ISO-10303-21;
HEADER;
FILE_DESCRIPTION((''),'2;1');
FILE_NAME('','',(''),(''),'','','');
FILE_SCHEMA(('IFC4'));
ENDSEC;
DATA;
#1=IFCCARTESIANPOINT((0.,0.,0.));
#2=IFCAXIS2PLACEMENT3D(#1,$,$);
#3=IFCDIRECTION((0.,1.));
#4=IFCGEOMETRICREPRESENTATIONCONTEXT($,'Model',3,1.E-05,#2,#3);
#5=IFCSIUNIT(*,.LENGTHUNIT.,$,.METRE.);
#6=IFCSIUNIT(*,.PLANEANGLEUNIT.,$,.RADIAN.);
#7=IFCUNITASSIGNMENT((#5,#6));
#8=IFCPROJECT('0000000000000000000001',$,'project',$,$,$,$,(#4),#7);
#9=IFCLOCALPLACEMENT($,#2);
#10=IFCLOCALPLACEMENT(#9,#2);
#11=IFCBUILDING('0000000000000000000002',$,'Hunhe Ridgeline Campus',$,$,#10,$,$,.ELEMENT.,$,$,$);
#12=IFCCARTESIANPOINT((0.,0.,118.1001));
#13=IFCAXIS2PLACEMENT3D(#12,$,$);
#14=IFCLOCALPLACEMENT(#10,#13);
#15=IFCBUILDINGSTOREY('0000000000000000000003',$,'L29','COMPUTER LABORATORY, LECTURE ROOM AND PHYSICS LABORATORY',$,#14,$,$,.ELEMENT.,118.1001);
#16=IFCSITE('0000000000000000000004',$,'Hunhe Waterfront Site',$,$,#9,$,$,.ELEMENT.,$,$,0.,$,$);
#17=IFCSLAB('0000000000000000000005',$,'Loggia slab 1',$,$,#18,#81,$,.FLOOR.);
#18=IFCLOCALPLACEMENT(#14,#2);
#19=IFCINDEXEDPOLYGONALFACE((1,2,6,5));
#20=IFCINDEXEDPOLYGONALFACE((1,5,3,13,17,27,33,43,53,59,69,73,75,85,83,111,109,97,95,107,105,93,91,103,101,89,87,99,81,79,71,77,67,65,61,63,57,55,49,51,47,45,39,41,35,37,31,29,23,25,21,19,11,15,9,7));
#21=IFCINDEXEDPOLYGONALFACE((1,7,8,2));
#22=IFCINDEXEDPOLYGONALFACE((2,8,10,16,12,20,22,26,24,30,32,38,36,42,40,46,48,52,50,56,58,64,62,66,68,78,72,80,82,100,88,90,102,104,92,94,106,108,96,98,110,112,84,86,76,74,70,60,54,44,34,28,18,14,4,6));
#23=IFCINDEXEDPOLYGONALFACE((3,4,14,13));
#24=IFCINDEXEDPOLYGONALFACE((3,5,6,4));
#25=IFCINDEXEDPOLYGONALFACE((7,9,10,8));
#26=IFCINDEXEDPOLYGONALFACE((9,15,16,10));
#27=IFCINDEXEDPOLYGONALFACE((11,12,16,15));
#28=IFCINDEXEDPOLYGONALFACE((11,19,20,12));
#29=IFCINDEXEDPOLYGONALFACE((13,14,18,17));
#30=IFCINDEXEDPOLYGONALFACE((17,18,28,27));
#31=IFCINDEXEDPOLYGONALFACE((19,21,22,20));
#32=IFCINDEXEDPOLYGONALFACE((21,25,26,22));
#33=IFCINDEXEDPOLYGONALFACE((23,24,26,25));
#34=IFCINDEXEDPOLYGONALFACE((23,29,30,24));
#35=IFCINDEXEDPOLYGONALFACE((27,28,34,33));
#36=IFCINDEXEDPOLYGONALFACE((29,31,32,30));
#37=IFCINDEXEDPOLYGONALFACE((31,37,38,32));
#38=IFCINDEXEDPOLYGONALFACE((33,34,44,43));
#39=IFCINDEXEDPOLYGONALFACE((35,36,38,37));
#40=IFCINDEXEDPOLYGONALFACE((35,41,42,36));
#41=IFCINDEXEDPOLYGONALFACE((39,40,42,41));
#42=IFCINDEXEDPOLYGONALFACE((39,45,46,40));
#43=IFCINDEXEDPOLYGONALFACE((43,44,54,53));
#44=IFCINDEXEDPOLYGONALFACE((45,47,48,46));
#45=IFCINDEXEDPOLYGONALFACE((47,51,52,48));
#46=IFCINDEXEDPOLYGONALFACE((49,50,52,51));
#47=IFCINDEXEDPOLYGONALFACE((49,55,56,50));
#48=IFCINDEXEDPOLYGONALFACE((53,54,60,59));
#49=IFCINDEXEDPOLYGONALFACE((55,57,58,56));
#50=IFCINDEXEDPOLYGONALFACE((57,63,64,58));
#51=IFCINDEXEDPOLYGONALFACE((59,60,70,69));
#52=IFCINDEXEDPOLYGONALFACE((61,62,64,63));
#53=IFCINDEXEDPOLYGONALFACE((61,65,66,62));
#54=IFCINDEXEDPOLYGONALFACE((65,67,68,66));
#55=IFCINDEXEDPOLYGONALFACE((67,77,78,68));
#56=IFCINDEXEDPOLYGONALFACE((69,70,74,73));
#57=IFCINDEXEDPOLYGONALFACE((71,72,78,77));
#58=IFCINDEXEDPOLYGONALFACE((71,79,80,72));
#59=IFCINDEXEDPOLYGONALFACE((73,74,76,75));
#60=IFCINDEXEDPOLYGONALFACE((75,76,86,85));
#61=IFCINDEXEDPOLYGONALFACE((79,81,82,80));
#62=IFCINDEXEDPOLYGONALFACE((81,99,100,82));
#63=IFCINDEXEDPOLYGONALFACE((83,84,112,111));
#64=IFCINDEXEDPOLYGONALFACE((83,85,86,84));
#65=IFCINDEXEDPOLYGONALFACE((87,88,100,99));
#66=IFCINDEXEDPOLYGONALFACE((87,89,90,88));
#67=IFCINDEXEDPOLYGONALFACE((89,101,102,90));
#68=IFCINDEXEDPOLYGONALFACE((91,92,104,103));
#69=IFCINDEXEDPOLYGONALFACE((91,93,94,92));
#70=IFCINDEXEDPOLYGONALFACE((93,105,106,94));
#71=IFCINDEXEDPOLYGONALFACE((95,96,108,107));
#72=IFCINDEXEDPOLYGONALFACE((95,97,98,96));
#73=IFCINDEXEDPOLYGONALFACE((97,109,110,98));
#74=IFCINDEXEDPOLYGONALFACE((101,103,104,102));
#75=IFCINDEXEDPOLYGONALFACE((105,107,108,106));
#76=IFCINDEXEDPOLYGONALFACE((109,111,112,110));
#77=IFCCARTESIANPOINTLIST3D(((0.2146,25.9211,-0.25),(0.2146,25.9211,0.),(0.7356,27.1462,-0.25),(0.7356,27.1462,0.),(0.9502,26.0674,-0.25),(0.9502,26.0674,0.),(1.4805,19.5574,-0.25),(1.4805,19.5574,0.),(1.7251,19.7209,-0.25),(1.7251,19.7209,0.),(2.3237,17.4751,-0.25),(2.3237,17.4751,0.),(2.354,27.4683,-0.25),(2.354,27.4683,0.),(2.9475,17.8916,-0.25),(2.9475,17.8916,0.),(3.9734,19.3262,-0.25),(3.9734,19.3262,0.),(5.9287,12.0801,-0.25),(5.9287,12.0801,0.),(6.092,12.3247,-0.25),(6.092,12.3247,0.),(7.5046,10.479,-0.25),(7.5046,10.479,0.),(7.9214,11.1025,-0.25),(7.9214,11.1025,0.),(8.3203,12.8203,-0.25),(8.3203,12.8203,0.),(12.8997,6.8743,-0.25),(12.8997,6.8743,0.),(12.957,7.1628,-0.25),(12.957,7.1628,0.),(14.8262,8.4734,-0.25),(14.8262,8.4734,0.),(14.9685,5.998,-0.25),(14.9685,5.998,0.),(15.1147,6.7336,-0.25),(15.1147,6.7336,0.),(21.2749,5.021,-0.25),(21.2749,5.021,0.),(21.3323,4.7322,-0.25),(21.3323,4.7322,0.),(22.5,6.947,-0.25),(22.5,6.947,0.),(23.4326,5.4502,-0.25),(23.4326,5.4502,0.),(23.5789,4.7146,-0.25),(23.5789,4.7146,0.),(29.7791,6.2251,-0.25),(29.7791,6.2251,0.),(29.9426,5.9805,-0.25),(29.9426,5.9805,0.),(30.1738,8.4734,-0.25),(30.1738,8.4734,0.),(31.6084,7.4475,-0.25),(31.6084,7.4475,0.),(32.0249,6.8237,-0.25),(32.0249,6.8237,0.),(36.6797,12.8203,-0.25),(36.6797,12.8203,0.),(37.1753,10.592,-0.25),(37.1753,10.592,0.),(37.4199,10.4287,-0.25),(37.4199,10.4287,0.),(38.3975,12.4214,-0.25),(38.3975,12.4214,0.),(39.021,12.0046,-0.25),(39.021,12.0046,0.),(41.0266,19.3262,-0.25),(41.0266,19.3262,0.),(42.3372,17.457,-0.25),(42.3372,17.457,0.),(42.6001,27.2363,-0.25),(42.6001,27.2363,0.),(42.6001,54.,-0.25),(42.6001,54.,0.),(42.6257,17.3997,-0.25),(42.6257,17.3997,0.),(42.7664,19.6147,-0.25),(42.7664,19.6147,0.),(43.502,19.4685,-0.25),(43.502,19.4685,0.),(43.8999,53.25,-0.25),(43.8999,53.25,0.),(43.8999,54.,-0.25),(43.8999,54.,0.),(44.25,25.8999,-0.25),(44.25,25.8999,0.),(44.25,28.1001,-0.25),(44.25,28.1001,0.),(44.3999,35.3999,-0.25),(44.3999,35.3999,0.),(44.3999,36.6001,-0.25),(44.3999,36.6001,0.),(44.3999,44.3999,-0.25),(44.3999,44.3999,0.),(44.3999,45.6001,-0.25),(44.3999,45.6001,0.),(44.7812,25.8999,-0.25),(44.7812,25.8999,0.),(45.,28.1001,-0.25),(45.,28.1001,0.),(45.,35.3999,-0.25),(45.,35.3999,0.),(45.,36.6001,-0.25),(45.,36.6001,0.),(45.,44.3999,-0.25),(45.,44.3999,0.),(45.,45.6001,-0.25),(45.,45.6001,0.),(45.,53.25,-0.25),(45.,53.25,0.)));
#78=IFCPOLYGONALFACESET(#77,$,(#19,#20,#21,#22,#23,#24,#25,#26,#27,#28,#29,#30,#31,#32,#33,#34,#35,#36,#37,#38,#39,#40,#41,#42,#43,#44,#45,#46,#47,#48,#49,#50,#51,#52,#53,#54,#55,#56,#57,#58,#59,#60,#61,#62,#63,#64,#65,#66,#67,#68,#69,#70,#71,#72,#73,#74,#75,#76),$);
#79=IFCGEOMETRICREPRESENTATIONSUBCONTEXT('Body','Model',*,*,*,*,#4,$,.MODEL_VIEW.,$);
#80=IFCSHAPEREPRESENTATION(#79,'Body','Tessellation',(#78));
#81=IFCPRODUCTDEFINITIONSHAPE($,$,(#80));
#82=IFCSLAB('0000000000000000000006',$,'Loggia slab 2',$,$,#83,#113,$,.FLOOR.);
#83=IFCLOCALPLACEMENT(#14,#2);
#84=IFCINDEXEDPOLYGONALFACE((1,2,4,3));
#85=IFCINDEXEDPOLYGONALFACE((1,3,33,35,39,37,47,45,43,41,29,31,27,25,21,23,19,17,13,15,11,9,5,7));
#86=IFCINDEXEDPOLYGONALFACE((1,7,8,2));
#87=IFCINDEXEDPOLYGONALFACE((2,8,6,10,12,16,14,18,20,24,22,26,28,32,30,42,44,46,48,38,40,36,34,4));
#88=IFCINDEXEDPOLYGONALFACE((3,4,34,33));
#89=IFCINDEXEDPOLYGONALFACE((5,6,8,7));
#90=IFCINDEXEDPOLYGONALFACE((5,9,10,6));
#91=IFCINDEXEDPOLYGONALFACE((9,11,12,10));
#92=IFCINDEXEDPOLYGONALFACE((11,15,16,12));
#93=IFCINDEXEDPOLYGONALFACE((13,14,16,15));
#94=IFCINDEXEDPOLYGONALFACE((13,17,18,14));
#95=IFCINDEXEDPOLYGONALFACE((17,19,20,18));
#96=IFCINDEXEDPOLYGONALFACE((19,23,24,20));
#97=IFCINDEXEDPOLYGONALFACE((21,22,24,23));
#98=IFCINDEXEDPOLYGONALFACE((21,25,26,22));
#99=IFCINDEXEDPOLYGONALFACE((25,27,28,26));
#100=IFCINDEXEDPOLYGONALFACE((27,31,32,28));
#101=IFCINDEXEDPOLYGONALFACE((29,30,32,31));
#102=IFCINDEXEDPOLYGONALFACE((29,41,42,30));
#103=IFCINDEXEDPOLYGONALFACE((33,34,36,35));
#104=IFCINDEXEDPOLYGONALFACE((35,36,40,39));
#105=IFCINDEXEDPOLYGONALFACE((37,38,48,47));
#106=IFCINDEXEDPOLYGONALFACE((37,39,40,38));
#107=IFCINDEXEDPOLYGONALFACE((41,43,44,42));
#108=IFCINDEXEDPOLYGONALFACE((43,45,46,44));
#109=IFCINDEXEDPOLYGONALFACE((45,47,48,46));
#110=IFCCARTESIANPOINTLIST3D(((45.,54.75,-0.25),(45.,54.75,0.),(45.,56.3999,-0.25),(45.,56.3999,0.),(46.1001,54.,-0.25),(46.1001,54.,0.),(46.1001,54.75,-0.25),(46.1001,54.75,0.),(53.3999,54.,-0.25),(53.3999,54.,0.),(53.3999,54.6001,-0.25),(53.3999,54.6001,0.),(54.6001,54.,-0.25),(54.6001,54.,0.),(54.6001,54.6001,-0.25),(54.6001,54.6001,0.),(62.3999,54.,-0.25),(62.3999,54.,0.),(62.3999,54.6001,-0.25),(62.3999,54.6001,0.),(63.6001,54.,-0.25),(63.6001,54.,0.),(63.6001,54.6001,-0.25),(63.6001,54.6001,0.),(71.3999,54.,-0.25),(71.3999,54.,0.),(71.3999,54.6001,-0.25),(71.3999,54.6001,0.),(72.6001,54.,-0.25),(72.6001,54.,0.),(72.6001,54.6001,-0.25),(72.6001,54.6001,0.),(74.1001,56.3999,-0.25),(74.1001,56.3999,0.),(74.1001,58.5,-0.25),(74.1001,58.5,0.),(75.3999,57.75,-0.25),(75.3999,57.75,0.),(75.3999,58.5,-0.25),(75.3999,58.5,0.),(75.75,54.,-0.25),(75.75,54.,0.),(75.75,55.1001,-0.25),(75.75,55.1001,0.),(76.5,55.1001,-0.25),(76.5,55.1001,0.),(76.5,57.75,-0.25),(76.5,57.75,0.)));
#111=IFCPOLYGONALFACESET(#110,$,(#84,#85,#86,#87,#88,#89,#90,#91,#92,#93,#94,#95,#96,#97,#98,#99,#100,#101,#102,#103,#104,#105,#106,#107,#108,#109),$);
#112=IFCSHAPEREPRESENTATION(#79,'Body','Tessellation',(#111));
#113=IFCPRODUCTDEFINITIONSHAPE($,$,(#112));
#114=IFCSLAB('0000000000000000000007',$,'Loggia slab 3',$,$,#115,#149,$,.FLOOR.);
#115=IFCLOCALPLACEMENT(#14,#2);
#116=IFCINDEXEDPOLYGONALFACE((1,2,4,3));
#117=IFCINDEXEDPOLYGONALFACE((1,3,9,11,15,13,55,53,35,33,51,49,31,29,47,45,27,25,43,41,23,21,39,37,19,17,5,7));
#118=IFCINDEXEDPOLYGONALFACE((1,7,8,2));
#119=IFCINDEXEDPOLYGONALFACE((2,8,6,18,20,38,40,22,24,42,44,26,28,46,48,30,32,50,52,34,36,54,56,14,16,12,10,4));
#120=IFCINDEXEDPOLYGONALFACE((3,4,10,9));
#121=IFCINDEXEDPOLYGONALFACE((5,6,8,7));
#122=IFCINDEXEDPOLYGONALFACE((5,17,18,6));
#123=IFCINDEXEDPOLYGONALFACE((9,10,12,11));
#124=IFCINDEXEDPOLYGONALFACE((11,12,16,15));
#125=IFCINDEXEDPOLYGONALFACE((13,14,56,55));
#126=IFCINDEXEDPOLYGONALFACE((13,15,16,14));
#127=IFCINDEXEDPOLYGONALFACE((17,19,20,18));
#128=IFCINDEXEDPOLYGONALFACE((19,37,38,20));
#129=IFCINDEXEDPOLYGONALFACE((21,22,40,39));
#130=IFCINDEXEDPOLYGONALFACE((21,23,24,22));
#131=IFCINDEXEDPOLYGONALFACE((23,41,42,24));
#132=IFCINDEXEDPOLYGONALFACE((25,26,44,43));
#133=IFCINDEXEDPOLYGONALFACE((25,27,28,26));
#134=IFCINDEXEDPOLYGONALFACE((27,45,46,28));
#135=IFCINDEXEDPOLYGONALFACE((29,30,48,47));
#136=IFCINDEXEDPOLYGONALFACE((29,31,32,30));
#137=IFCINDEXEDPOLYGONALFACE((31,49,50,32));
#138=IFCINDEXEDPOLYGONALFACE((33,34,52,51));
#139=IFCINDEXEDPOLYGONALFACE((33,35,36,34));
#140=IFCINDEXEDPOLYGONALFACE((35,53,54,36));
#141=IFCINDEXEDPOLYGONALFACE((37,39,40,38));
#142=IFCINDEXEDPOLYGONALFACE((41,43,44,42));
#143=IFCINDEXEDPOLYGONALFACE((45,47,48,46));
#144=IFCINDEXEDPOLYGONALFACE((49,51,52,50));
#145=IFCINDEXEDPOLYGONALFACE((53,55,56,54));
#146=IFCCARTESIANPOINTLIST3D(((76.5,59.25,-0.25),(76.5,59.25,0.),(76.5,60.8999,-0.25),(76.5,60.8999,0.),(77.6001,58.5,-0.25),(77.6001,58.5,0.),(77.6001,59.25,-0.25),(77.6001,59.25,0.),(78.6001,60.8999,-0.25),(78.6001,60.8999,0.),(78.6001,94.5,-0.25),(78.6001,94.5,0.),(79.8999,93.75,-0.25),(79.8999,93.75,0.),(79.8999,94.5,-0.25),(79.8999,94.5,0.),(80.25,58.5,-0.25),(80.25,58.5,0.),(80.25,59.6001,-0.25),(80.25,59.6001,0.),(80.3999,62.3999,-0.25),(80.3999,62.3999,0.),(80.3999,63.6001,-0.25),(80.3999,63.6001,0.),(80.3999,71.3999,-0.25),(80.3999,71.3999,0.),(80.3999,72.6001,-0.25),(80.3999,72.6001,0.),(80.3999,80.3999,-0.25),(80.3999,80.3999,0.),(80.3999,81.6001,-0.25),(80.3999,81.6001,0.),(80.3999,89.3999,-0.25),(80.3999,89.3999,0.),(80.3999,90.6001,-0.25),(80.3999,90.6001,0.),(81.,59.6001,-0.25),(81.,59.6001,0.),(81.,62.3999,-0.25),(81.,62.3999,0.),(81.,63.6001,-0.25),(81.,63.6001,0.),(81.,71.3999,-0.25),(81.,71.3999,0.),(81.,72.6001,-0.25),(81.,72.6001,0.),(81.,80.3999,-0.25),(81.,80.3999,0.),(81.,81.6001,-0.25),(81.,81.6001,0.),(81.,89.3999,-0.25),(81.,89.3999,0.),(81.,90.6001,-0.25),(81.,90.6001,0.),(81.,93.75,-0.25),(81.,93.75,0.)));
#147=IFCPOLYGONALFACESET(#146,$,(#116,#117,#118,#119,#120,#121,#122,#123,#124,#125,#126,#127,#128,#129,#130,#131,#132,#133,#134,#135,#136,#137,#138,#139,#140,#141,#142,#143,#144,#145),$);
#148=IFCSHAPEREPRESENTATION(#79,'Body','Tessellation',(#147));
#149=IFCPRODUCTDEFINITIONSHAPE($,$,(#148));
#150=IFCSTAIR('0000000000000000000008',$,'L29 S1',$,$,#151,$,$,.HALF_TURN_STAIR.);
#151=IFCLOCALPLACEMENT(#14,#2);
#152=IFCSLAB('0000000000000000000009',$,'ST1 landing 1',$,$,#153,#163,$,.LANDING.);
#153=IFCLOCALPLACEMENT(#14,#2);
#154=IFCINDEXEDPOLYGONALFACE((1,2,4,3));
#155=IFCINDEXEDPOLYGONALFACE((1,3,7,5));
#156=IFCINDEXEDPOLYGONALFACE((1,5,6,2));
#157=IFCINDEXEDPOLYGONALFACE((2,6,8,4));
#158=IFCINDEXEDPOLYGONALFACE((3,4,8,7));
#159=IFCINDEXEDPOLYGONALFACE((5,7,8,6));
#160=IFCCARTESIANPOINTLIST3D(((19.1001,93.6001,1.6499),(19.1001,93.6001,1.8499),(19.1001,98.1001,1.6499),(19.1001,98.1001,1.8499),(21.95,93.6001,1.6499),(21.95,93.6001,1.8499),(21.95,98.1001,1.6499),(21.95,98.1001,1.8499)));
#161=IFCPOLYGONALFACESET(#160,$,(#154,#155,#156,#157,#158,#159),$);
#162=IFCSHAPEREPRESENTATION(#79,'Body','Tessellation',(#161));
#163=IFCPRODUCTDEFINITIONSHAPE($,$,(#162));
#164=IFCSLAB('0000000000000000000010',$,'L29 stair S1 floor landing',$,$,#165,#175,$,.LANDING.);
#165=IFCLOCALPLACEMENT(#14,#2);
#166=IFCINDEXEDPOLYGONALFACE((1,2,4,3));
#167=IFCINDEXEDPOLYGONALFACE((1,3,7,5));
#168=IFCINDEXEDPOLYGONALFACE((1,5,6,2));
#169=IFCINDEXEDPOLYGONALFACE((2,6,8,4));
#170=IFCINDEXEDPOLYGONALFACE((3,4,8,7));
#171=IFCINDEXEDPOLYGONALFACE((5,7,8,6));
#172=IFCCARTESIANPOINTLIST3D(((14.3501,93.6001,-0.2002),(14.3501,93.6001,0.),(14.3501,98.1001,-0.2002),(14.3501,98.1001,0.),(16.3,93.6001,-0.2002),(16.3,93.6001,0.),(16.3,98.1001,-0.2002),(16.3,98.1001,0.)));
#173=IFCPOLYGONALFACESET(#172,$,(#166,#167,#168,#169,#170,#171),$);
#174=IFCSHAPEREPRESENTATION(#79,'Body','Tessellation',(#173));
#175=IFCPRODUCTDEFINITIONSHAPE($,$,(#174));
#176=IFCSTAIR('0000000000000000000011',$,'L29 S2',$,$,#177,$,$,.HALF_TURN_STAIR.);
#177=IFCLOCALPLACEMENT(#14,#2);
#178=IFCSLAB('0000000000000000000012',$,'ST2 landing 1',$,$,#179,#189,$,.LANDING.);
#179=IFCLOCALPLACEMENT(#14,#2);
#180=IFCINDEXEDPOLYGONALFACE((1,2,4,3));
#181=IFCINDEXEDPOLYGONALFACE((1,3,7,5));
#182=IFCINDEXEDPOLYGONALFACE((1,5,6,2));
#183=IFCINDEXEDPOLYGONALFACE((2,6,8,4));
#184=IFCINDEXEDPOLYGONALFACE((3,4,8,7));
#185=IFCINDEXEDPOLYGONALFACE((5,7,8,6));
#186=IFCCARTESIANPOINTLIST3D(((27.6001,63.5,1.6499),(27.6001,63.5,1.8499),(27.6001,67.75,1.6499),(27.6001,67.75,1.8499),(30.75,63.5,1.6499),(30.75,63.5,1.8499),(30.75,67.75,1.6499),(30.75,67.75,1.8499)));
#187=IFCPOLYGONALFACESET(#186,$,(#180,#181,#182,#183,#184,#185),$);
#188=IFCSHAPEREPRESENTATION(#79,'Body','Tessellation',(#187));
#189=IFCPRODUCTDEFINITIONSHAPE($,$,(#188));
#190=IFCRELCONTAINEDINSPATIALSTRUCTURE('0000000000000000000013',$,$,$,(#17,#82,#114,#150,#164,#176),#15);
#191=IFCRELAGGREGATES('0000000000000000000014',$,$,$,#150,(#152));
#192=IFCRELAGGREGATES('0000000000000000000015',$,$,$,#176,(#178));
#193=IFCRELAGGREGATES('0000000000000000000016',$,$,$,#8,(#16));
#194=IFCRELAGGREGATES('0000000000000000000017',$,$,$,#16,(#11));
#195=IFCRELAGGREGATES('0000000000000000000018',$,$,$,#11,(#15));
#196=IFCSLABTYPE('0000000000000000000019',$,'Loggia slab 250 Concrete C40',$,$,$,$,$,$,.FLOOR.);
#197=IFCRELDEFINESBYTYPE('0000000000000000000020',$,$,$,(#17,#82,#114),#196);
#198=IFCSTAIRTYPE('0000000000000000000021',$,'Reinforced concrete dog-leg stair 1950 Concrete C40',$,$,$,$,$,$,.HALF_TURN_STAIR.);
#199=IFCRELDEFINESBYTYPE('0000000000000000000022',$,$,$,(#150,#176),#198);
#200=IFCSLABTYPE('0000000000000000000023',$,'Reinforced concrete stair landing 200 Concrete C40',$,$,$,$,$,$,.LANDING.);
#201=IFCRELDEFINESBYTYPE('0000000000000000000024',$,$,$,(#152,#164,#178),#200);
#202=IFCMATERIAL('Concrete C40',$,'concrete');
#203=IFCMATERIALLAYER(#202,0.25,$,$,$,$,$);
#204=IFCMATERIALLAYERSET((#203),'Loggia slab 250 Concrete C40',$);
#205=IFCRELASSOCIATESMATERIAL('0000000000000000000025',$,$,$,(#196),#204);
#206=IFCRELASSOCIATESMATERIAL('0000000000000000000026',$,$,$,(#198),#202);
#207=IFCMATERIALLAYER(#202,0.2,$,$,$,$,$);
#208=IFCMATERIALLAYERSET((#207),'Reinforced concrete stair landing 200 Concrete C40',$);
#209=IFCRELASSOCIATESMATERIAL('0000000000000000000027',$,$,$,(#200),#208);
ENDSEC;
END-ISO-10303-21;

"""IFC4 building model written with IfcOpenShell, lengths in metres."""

from ifc_helpers import new_model, si_unit, direction, frame, origin, place, context, subcontext, project, spatial, polyline, outline, extrude, material, layer, layer_set, type_object, element, aggregate, save


model = new_model("IFC4")

# Units and contexts
model_context = context("Model", 3, precision=1e-05, world=origin(), true_north=direction((0.0, 1.0)))
body_context = subcontext(model_context, "Body", "Model", "MODEL_VIEW")
ifc_project = project(units=[si_unit("LENGTHUNIT", "METRE"), si_unit("PLANEANGLEUNIT", "RADIAN")], contexts=[model_context])

# Site, building, storey
site_placement = place(None, origin())
site = spatial("IfcSite", under=ifc_project, at=site_placement, Name="Hunhe Waterfront Site", CompositionType="ELEMENT", RefElevation=0.0)
building_placement = place(site_placement, origin())
building = spatial("IfcBuilding", under=site, at=building_placement, Name="Hunhe Ridgeline Campus", CompositionType="ELEMENT")
storey_placement = place(building_placement, frame((0.0, 0.0, 118.1001)))
storey = spatial("IfcBuildingStorey", under=building, at=storey_placement, Name="L29", Description="COMPUTER LABORATORY, LECTURE ROOM AND PHYSICS LABORATORY", CompositionType="ELEMENT", Elevation=118.1001)

# Slabs
ifc_material_1 = material(Name="Concrete C40", Category="concrete")
ifc_layer_1 = layer(ifc_material_1, 0.25)
ifc_layer_set_1 = layer_set([ifc_layer_1], Name="Loggia slab 250 Concrete C40")
slab_type_1 = type_object("IfcSlabType", Name="Loggia slab 250 Concrete C40", PredefinedType="FLOOR", material=ifc_layer_set_1)
slab_1_placement = place(storey_placement, frame((0.0, 0.0, -0.25)))
element("IfcSlab", 1, at=slab_1_placement, inside=storey, type_object=slab_type_1, Name="Loggia slab 1", PredefinedType="FLOOR", context=body_context, shape_type="SweptSolid", body=[
    extrude(outline(polyline([(30.1738, 8.4734), (22.5, 6.947), (14.8262, 8.4734), (8.3203, 12.8203), (3.9734, 19.3262), (2.354, 27.4683), (0.7356, 27.1462), (0.9502, 26.0674), (0.2146, 25.9211), (1.4805, 19.5574), (1.7251, 19.7209), (2.9475, 17.8916), (2.3237, 17.4751), (5.9287, 12.0801), (6.092, 12.3247), (7.9214, 11.1025), (7.5046, 10.479), (12.8997, 6.8743), (12.957, 7.1628), (15.1147, 6.7336), (14.9685, 5.998), (21.3323, 4.7322), (21.2749, 5.021), (23.4326, 5.4502), (23.5789, 4.7146), (29.9426, 5.9805), (29.7791, 6.2251), (31.6084, 7.4475), (32.0249, 6.8237), (37.4199, 10.4287), (37.1753, 10.592), (38.3975, 12.4214), (39.021, 12.0046), (42.6257, 17.3997), (42.3372, 17.457), (42.7664, 19.6147), (43.502, 19.4685), (44.7812, 25.8999), (44.25, 25.8999), (44.25, 28.1001), (45.0, 28.1001), (45.0, 35.3999), (44.3999, 35.3999), (44.3999, 36.6001), (45.0, 36.6001), (45.0, 44.3999), (44.3999, 44.3999), (44.3999, 45.6001), (45.0, 45.6001), (45.0, 53.25), (43.8999, 53.25), (43.8999, 54.0), (42.6001, 54.0), (42.6001, 27.2363), (41.0266, 19.3262), (36.6797, 12.8203), (30.1738, 8.4734)])), origin(), (0.0, 0.0, 1.0), 0.25),
])
slab_2_placement = place(storey_placement, frame((0.0, 0.0, -0.25)))
element("IfcSlab", 2, at=slab_2_placement, inside=storey, type_object=slab_type_1, Name="Loggia slab 2", PredefinedType="FLOOR", context=body_context, shape_type="SweptSolid", body=[
    extrude(outline(polyline([(45.0, 54.75), (46.1001, 54.75), (46.1001, 54.0), (53.3999, 54.0), (53.3999, 54.6001), (54.6001, 54.6001), (54.6001, 54.0), (62.3999, 54.0), (62.3999, 54.6001), (63.6001, 54.6001), (63.6001, 54.0), (71.3999, 54.0), (71.3999, 54.6001), (72.6001, 54.6001), (72.6001, 54.0), (75.75, 54.0), (75.75, 55.1001), (76.5, 55.1001), (76.5, 57.75), (75.3999, 57.75), (75.3999, 58.5), (74.1001, 58.5), (74.1001, 56.3999), (45.0, 56.3999), (45.0, 54.75)])), origin(), (0.0, 0.0, 1.0), 0.25),
])
slab_3_placement = place(storey_placement, frame((0.0, 0.0, -0.25)))
element("IfcSlab", 3, at=slab_3_placement, inside=storey, type_object=slab_type_1, Name="Loggia slab 3", PredefinedType="FLOOR", context=body_context, shape_type="SweptSolid", body=[
    extrude(outline(polyline([(76.5, 59.25), (77.6001, 59.25), (77.6001, 58.5), (80.25, 58.5), (80.25, 59.6001), (81.0, 59.6001), (81.0, 62.3999), (80.3999, 62.3999), (80.3999, 63.6001), (81.0, 63.6001), (81.0, 71.3999), (80.3999, 71.3999), (80.3999, 72.6001), (81.0, 72.6001), (81.0, 80.3999), (80.3999, 80.3999), (80.3999, 81.6001), (81.0, 81.6001), (81.0, 89.3999), (80.3999, 89.3999), (80.3999, 90.6001), (81.0, 90.6001), (81.0, 93.75), (79.8999, 93.75), (79.8999, 94.5), (78.6001, 94.5), (78.6001, 60.8999), (76.5, 60.8999), (76.5, 59.25)])), origin(), (0.0, 0.0, 1.0), 0.25),
])

# Stair, slab
stair_type = type_object("IfcStairType", Name="Reinforced concrete dog-leg stair 1950 Concrete C40", PredefinedType="HALF_TURN_STAIR", material=ifc_material_1)
stair_1_placement = place(storey_placement, origin())
stair_1 = element("IfcStair", 4, at=stair_1_placement, inside=storey, type_object=stair_type, Name="L29 S1", PredefinedType="HALF_TURN_STAIR")
ifc_layer_2 = layer(ifc_material_1, 0.2)
ifc_layer_set_2 = layer_set([ifc_layer_2], Name="Reinforced concrete stair landing 200 Concrete C40")
slab_type_2 = type_object("IfcSlabType", Name="Reinforced concrete stair landing 200 Concrete C40", PredefinedType="LANDING", material=ifc_layer_set_2)
slab_4_placement = place(storey_placement, frame((0.0, 0.0, 1.6499)))
slab_4 = element("IfcSlab", 5, at=slab_4_placement, type_object=slab_type_2, Name="ST1 landing 1", PredefinedType="LANDING", context=body_context, shape_type="SweptSolid", body=[
    extrude(outline(polyline([(19.1001, 93.6001), (21.95, 93.6001), (21.95, 98.1001), (19.1001, 98.1001), (19.1001, 93.6001)])), origin(), (0.0, 0.0, 1.0), 0.2),
])
aggregate(stair_1, [slab_4])

# Slab
slab_5_placement = place(storey_placement, frame((0.0, 0.0, -0.2002)))
element("IfcSlab", 6, at=slab_5_placement, inside=storey, type_object=slab_type_2, Name="L29 stair S1 floor landing", PredefinedType="LANDING", context=body_context, shape_type="SweptSolid", body=[
    extrude(outline(polyline([(14.3501, 93.6001), (16.3, 93.6001), (16.3, 98.1001), (14.3501, 98.1001), (14.3501, 93.6001)])), origin(), (0.0, 0.0, 1.0), 0.2002),
])

# Stair, slab
stair_2_placement = place(storey_placement, origin())
stair_2 = element("IfcStair", 7, at=stair_2_placement, inside=storey, type_object=stair_type, Name="L29 S2", PredefinedType="HALF_TURN_STAIR")
slab_6_placement = place(storey_placement, frame((0.0, 0.0, 1.6499)))
slab_6 = element("IfcSlab", 8, at=slab_6_placement, type_object=slab_type_2, Name="ST2 landing 1", PredefinedType="LANDING", context=body_context, shape_type="SweptSolid", body=[
    extrude(outline(polyline([(30.75, 67.75), (27.6001, 67.75), (27.6001, 63.5), (30.75, 63.5), (30.75, 67.75)])), origin(), (0.0, 0.0, 1.0), 0.2),
])
aggregate(stair_2, [slab_6])

save(model, "model.ifc")
